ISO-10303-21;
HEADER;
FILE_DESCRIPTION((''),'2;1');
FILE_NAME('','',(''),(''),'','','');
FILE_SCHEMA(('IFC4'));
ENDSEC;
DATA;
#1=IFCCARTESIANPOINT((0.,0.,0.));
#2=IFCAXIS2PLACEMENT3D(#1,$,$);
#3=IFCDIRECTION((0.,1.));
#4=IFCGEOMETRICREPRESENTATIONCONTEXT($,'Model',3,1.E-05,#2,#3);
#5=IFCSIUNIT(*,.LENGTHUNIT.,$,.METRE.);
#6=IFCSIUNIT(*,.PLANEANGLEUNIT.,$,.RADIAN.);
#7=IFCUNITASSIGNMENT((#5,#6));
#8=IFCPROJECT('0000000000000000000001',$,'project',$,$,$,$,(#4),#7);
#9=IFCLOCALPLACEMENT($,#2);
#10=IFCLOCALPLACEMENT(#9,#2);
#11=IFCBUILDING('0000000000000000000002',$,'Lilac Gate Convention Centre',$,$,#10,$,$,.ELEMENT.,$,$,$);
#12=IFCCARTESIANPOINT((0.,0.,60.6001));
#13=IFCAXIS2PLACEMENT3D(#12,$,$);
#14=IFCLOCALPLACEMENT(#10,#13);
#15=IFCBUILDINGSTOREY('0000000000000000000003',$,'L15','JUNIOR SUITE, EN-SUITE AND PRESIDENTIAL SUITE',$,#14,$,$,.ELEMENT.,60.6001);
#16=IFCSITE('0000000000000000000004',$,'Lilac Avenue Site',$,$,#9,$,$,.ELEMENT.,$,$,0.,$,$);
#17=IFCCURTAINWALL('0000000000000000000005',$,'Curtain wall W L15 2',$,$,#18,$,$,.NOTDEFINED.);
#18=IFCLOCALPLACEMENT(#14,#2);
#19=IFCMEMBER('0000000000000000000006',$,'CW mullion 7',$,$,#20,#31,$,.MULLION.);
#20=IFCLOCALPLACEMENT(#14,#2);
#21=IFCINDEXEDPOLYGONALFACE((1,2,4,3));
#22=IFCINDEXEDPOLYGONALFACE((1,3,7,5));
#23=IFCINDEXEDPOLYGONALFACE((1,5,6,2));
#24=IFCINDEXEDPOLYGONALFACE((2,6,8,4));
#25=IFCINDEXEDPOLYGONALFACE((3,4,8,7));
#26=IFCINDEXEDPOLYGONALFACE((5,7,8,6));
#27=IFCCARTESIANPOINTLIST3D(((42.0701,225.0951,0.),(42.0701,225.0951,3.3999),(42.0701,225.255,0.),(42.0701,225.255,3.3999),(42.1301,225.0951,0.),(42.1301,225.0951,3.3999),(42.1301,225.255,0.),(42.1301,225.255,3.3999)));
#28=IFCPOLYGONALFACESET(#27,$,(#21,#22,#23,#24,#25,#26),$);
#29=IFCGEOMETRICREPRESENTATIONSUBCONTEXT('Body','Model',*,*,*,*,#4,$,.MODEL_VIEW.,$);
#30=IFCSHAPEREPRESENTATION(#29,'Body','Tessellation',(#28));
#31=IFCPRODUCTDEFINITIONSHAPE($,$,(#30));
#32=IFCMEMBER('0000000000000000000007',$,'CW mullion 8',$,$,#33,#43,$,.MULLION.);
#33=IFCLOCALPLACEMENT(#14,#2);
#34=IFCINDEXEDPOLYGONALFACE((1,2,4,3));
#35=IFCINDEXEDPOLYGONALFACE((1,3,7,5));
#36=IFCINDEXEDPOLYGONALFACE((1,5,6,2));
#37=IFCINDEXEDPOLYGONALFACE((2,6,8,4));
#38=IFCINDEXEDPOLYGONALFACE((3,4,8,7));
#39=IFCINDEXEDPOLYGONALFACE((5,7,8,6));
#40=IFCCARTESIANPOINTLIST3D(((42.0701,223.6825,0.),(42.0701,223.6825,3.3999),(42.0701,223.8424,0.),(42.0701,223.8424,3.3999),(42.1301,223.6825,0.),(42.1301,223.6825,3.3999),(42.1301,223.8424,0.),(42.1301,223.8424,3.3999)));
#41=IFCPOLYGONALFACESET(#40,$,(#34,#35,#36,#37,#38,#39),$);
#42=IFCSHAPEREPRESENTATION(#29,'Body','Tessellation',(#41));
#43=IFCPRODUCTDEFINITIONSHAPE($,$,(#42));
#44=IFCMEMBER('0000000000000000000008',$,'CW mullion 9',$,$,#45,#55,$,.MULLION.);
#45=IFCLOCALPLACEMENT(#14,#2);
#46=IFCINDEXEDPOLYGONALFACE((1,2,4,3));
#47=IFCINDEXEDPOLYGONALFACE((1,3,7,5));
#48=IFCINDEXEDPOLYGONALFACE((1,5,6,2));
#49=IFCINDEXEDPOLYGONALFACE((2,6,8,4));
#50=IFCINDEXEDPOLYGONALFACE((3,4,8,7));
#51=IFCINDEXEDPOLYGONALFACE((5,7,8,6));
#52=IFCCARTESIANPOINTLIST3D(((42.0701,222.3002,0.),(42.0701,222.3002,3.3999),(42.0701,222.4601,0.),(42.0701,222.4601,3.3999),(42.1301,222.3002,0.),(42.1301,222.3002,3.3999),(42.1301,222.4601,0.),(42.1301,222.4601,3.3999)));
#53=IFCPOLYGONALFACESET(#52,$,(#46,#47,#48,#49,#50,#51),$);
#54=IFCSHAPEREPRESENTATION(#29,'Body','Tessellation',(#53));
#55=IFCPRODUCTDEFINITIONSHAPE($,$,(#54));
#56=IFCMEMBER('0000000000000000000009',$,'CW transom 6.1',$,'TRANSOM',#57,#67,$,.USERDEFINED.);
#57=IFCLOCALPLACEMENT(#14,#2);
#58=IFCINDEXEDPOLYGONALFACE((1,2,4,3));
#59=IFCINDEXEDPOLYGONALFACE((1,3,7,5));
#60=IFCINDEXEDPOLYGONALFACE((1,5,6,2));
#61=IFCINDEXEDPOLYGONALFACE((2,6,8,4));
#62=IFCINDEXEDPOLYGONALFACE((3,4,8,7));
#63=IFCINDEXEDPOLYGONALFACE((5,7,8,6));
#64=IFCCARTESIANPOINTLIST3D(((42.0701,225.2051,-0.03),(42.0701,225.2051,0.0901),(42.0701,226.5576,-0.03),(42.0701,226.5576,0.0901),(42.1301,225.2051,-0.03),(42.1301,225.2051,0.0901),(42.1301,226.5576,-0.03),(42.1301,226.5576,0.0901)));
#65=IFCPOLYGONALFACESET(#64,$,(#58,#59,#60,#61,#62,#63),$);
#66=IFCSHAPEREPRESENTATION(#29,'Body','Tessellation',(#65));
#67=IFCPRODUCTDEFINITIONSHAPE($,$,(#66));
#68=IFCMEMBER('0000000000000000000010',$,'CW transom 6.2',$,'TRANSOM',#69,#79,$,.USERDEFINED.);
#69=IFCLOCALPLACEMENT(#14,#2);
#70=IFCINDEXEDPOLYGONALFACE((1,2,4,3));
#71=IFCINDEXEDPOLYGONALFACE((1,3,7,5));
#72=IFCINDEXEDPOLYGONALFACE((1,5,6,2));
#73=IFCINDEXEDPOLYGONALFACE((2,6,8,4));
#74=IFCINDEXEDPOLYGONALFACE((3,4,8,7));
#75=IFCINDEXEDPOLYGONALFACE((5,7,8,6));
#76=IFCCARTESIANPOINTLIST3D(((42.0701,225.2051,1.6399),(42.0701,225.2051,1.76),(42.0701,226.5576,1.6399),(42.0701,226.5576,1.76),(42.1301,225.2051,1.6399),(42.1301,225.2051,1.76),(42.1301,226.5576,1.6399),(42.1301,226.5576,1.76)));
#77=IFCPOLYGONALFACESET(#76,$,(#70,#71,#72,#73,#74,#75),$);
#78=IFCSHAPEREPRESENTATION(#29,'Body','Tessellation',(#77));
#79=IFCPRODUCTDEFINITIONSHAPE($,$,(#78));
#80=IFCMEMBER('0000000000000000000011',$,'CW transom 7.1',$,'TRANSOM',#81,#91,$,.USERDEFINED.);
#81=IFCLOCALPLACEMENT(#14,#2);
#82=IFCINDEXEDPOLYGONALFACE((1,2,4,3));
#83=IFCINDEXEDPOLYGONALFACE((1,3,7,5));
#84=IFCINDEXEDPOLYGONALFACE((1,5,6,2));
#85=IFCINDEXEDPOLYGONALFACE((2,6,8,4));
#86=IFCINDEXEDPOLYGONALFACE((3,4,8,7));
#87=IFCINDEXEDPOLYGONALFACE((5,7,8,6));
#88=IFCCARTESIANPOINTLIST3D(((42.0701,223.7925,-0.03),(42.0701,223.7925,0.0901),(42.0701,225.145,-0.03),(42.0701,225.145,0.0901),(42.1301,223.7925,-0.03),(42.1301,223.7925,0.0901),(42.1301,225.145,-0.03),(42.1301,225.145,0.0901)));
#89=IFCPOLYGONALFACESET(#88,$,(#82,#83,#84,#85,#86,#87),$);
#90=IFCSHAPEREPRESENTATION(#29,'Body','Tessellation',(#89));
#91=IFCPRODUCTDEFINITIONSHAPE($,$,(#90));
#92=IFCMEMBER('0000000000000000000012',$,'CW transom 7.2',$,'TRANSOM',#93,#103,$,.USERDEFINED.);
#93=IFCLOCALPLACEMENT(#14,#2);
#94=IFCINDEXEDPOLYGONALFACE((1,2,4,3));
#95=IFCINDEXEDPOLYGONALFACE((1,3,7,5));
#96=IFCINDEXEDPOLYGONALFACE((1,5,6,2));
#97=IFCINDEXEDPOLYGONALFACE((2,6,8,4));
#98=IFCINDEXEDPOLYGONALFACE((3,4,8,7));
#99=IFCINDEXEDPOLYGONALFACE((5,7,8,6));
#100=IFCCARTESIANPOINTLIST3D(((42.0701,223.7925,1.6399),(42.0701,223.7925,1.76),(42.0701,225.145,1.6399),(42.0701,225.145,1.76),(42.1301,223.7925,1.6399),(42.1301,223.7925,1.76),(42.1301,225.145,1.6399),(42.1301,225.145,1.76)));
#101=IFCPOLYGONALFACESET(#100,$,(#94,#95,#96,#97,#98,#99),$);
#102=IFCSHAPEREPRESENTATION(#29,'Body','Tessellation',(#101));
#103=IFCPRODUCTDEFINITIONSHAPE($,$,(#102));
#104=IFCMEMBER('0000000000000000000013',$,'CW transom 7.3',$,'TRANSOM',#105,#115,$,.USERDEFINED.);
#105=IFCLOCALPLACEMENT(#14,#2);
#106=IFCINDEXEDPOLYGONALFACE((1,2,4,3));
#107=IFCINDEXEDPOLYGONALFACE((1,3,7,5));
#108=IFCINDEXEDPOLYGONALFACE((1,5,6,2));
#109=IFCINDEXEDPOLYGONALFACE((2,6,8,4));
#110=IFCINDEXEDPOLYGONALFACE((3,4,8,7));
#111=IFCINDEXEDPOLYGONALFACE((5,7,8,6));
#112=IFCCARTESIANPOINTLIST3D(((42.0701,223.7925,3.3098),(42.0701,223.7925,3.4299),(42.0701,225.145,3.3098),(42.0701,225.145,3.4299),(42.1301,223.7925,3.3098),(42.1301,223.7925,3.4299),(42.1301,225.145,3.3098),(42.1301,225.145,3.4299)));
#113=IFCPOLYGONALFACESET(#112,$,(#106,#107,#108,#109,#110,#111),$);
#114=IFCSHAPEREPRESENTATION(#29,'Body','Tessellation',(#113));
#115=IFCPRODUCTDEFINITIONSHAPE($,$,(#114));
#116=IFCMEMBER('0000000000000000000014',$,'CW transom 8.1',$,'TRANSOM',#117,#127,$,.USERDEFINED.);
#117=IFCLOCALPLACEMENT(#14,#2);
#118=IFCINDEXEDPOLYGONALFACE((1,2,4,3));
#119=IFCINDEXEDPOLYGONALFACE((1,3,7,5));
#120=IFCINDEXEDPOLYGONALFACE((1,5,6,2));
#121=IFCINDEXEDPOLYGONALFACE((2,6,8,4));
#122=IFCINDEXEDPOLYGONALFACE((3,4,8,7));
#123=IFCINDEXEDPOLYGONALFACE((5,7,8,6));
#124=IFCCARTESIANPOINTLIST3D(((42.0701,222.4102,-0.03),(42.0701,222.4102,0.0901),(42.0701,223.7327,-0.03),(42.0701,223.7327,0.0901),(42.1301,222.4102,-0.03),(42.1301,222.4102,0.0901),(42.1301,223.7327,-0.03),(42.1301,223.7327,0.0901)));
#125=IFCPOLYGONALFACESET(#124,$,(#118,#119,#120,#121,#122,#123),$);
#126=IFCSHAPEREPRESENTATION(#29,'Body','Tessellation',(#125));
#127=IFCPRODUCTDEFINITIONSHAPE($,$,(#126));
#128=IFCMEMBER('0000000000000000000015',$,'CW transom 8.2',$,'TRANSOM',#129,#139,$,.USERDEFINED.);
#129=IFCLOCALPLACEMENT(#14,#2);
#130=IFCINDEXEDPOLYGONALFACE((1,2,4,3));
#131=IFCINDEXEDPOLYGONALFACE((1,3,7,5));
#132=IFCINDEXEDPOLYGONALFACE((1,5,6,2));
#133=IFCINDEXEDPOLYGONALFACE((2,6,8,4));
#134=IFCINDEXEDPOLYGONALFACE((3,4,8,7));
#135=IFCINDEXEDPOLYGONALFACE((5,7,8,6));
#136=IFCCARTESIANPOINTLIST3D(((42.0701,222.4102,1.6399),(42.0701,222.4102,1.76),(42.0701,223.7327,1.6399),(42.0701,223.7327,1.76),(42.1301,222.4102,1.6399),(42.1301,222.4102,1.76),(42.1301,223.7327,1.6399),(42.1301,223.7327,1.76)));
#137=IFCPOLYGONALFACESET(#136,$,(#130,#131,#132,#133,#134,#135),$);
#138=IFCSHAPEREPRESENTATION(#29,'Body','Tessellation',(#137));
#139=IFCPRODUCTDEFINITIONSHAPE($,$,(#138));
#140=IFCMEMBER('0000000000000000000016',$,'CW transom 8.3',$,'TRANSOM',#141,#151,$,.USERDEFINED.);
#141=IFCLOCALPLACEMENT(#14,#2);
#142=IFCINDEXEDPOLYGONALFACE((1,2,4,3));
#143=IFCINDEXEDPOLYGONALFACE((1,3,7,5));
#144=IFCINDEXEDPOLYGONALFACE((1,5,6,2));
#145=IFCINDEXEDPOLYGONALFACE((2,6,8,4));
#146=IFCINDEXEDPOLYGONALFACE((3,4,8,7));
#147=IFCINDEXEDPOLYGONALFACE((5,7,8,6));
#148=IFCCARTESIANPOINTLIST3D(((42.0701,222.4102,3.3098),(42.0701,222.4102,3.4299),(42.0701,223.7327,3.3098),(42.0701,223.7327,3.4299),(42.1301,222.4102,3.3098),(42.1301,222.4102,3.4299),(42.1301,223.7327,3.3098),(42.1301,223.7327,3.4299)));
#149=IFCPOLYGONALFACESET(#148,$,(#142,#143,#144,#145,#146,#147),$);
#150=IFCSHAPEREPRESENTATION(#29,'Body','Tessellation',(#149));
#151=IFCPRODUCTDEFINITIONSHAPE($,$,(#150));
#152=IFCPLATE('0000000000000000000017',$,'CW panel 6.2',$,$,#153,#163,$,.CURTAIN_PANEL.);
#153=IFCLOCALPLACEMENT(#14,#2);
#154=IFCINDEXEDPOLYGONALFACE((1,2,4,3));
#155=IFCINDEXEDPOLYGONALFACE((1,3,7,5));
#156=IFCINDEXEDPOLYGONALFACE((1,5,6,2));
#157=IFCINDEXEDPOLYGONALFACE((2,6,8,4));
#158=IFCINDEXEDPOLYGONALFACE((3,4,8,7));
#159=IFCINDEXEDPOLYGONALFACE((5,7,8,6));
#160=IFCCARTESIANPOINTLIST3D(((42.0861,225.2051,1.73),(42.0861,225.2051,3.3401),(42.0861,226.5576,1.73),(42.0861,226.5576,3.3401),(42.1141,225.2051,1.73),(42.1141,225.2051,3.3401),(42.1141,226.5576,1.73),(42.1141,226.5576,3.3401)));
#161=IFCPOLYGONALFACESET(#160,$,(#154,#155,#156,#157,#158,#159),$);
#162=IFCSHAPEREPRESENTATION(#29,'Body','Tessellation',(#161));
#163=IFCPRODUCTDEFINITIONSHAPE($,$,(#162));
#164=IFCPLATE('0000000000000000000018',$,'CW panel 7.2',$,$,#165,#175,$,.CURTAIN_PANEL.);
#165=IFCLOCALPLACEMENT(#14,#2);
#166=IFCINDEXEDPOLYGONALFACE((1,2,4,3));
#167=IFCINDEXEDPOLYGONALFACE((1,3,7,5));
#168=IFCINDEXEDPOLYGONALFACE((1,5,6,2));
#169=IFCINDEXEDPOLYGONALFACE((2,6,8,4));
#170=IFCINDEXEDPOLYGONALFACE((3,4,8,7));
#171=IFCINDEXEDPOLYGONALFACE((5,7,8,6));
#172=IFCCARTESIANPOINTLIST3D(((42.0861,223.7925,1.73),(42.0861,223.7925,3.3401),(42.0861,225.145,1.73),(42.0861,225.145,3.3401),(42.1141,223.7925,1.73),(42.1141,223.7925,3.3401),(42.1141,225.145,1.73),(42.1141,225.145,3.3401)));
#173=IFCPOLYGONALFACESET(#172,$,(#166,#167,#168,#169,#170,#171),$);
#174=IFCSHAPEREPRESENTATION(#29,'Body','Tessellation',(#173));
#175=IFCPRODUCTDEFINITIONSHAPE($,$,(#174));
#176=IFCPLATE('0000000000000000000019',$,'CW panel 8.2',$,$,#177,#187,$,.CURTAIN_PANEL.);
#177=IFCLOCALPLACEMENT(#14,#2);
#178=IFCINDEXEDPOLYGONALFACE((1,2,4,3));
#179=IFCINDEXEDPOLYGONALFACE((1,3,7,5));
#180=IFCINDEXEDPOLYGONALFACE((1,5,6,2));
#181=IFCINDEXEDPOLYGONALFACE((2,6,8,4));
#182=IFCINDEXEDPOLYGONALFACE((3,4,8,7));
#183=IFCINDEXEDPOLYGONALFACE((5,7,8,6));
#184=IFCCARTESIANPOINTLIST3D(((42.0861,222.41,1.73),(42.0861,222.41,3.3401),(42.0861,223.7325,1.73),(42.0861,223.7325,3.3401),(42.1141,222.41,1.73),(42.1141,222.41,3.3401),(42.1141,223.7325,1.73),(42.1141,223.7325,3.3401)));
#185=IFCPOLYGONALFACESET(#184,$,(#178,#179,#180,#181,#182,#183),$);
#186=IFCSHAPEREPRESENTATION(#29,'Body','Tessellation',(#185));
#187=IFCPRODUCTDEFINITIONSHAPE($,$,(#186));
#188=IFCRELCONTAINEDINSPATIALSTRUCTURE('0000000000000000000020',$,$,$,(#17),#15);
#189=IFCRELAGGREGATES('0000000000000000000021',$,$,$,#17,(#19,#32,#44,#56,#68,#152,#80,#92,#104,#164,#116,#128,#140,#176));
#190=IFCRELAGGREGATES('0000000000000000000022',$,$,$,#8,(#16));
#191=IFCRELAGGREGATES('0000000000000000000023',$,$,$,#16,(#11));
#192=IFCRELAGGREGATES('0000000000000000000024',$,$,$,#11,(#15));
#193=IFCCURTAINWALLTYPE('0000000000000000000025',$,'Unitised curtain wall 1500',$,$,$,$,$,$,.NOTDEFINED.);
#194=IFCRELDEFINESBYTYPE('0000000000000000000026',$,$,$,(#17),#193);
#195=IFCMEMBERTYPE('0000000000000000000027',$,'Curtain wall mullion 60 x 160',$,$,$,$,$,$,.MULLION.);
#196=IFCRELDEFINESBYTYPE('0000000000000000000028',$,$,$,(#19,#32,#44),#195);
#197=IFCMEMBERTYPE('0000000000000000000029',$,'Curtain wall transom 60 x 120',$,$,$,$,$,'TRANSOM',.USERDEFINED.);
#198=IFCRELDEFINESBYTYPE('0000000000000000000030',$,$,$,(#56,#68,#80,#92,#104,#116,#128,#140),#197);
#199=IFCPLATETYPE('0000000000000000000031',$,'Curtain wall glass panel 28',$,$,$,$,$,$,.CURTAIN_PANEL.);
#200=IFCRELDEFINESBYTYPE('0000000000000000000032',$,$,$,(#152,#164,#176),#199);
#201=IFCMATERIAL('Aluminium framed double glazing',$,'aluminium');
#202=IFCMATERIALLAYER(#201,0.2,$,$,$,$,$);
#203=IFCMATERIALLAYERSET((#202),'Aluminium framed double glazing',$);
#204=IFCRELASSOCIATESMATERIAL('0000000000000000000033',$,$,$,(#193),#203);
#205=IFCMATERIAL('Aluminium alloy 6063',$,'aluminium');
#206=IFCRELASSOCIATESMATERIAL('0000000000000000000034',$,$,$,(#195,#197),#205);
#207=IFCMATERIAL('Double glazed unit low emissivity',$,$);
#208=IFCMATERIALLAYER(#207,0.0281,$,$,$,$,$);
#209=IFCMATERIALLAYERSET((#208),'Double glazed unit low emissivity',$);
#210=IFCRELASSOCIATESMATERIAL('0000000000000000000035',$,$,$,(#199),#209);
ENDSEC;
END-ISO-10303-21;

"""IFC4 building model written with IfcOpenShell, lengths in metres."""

from ifc_helpers import new_model, si_unit, direction, frame, origin, origin_2d, place, context, subcontext, project, spatial, rectangle, extrude, material, layer, layer_set, material_profile, profile_set, type_object, element, aggregate, save


model = new_model("IFC4")

# Units and contexts
model_context = context("Model", 3, precision=1e-05, world=origin(), true_north=direction((0.0, 1.0)))
body_context = subcontext(model_context, "Body", "Model", "MODEL_VIEW")
ifc_project = project(units=[si_unit("LENGTHUNIT", "METRE"), si_unit("PLANEANGLEUNIT", "RADIAN")], contexts=[model_context])

# Site, building, storey
site_placement = place(None, origin())
site = spatial("IfcSite", under=ifc_project, at=site_placement, Name="Lilac Avenue Site", CompositionType="ELEMENT", RefElevation=0.0)
building_placement = place(site_placement, origin())
building = spatial("IfcBuilding", under=site, at=building_placement, Name="Lilac Gate Convention Centre", CompositionType="ELEMENT")
storey_placement = place(building_placement, frame((0.0, 0.0, 60.6001)))
storey = spatial("IfcBuildingStorey", under=building, at=storey_placement, Name="L15", Description="JUNIOR SUITE, EN-SUITE AND PRESIDENTIAL SUITE", CompositionType="ELEMENT", Elevation=60.6001)

# Curtain wall, members, plates
ifc_material_1 = material(Name="Aluminium framed double glazing", Category="aluminium")
ifc_layer_1 = layer(ifc_material_1, 0.2)
ifc_layer_set_1 = layer_set([ifc_layer_1], Name="Aluminium framed double glazing")
curtain_wall_type = type_object("IfcCurtainWallType", Name="Unitised curtain wall 1500", PredefinedType="NOTDEFINED", material=ifc_layer_set_1)
curtain_wall_placement = place(storey_placement, origin())
curtain_wall = element("IfcCurtainWall", 1, at=curtain_wall_placement, inside=storey, type_object=curtain_wall_type, Name="Curtain wall W L15 2", PredefinedType="NOTDEFINED")
ifc_material_2 = material(Name="Aluminium alloy 6063", Category="aluminium")
ifc_material_profile_1 = material_profile(ifc_material_2, rectangle(XDim=0.0601, YDim=0.1599, at=origin_2d()), Name="Curtain wall mullion 60 x 160")
ifc_profile_set_1 = profile_set([ifc_material_profile_1], Name="Aluminium alloy 6063")
member_type_1 = type_object("IfcMemberType", Name="Curtain wall mullion 60 x 160", PredefinedType="MULLION", material=ifc_profile_set_1)
member_1_placement = place(storey_placement, frame((42.1001, 225.175, 0.0), z_axis=(0.0, 0.0, 1.0), x_axis=(1.0, 0.0, 0.0)))
member_1 = element("IfcMember", 2, at=member_1_placement, type_object=member_type_1, Name="CW mullion 7", PredefinedType="MULLION", context=body_context, shape_type="SweptSolid", body=[
    extrude(rectangle(XDim=0.0601, YDim=0.1599, at=origin_2d()), origin(), (0.0, 0.0, 1.0), 3.3999),
])
member_2_placement = place(storey_placement, frame((42.1001, 223.7625, 0.0), z_axis=(0.0, 0.0, 1.0), x_axis=(1.0, 0.0, 0.0)))
member_2 = element("IfcMember", 3, at=member_2_placement, type_object=member_type_1, Name="CW mullion 8", PredefinedType="MULLION", context=body_context, shape_type="SweptSolid", body=[
    extrude(rectangle(XDim=0.0601, YDim=0.1599, at=origin_2d()), origin(), (0.0, 0.0, 1.0), 3.3999),
])
member_3_placement = place(storey_placement, frame((42.1001, 222.3801, 0.0), z_axis=(0.0, 0.0, 1.0), x_axis=(1.0, 0.0, 0.0)))
member_3 = element("IfcMember", 4, at=member_3_placement, type_object=member_type_1, Name="CW mullion 9", PredefinedType="MULLION", context=body_context, shape_type="SweptSolid", body=[
    extrude(rectangle(XDim=0.0601, YDim=0.1599, at=origin_2d()), origin(), (0.0, 0.0, 1.0), 3.3999),
])
ifc_material_profile_2 = material_profile(ifc_material_2, rectangle(XDim=0.0601, YDim=0.1201, at=origin_2d()), Name="Curtain wall transom 60 x 120")
ifc_profile_set_2 = profile_set([ifc_material_profile_2], Name="Aluminium alloy 6063")
member_type_2 = type_object("IfcMemberType", Name="Curtain wall transom 60 x 120", ElementType="TRANSOM", PredefinedType="USERDEFINED", material=ifc_profile_set_2)
member_4_placement = place(storey_placement, frame((42.1001, 226.5576, 0.03), z_axis=(0.0, -1.0, 0.0), x_axis=(1.0, 0.0, 0.0)))
member_4 = element("IfcMember", 5, at=member_4_placement, type_object=member_type_2, Name="CW transom 6.1", ObjectType="TRANSOM", PredefinedType="USERDEFINED", context=body_context, shape_type="SweptSolid", body=[
    extrude(rectangle(XDim=0.0601, YDim=0.1201, at=origin_2d()), origin(), (0.0, 0.0, 1.0), 1.3525),
])
member_5_placement = place(storey_placement, frame((42.1001, 226.5576, 1.7), z_axis=(0.0, -1.0, 0.0), x_axis=(1.0, 0.0, 0.0)))
member_5 = element("IfcMember", 6, at=member_5_placement, type_object=member_type_2, Name="CW transom 6.2", ObjectType="TRANSOM", PredefinedType="USERDEFINED", context=body_context, shape_type="SweptSolid", body=[
    extrude(rectangle(XDim=0.0601, YDim=0.1201, at=origin_2d()), origin(), (0.0, 0.0, 1.0), 1.3525),
])
member_6_placement = place(storey_placement, frame((42.1001, 225.145, 0.03), z_axis=(0.0, -1.0, 0.0), x_axis=(1.0, 0.0, 0.0)))
member_6 = element("IfcMember", 7, at=member_6_placement, type_object=member_type_2, Name="CW transom 7.1", ObjectType="TRANSOM", PredefinedType="USERDEFINED", context=body_context, shape_type="SweptSolid", body=[
    extrude(rectangle(XDim=0.0601, YDim=0.1201, at=origin_2d()), origin(), (0.0, 0.0, 1.0), 1.3525),
])
member_7_placement = place(storey_placement, frame((42.1001, 225.145, 1.7), z_axis=(0.0, -1.0, 0.0), x_axis=(1.0, 0.0, 0.0)))
member_7 = element("IfcMember", 8, at=member_7_placement, type_object=member_type_2, Name="CW transom 7.2", ObjectType="TRANSOM", PredefinedType="USERDEFINED", context=body_context, shape_type="SweptSolid", body=[
    extrude(rectangle(XDim=0.0601, YDim=0.1201, at=origin_2d()), origin(), (0.0, 0.0, 1.0), 1.3525),
])
member_8_placement = place(storey_placement, frame((42.1001, 225.145, 3.3699), z_axis=(0.0, -1.0, 0.0), x_axis=(1.0, 0.0, 0.0)))
member_8 = element("IfcMember", 9, at=member_8_placement, type_object=member_type_2, Name="CW transom 7.3", ObjectType="TRANSOM", PredefinedType="USERDEFINED", context=body_context, shape_type="SweptSolid", body=[
    extrude(rectangle(XDim=0.0601, YDim=0.1201, at=origin_2d()), origin(), (0.0, 0.0, 1.0), 1.3525),
])
member_9_placement = place(storey_placement, frame((42.1001, 223.7327, 0.03), z_axis=(0.0, -1.0, 0.0), x_axis=(1.0, 0.0, 0.0)))
member_9 = element("IfcMember", 10, at=member_9_placement, type_object=member_type_2, Name="CW transom 8.1", ObjectType="TRANSOM", PredefinedType="USERDEFINED", context=body_context, shape_type="SweptSolid", body=[
    extrude(rectangle(XDim=0.0601, YDim=0.1201, at=origin_2d()), origin(), (0.0, 0.0, 1.0), 1.3225),
])
member_10_placement = place(storey_placement, frame((42.1001, 223.7327, 1.7), z_axis=(0.0, -1.0, 0.0), x_axis=(1.0, 0.0, 0.0)))
member_10 = element("IfcMember", 11, at=member_10_placement, type_object=member_type_2, Name="CW transom 8.2", ObjectType="TRANSOM", PredefinedType="USERDEFINED", context=body_context, shape_type="SweptSolid", body=[
    extrude(rectangle(XDim=0.0601, YDim=0.1201, at=origin_2d()), origin(), (0.0, 0.0, 1.0), 1.3225),
])
member_11_placement = place(storey_placement, frame((42.1001, 223.7327, 3.3699), z_axis=(0.0, -1.0, 0.0), x_axis=(1.0, 0.0, 0.0)))
member_11 = element("IfcMember", 12, at=member_11_placement, type_object=member_type_2, Name="CW transom 8.3", ObjectType="TRANSOM", PredefinedType="USERDEFINED", context=body_context, shape_type="SweptSolid", body=[
    extrude(rectangle(XDim=0.0601, YDim=0.1201, at=origin_2d()), origin(), (0.0, 0.0, 1.0), 1.3225),
])
ifc_material_3 = material(Name="Double glazed unit low emissivity")
ifc_layer_2 = layer(ifc_material_3, 0.0281)
ifc_layer_set_2 = layer_set([ifc_layer_2], Name="Double glazed unit low emissivity")
plate_type_1 = type_object("IfcPlateType", Name="Curtain wall glass panel 28", PredefinedType="CURTAIN_PANEL", material=ifc_layer_set_2)
plate_1_placement = place(storey_placement, frame((42.1001, 225.8813, 1.73), z_axis=(0.0, 0.0, 1.0), x_axis=(0.0, -1.0, 0.0)))
plate_1 = element("IfcPlate", 13, at=plate_1_placement, type_object=plate_type_1, Name="CW panel 6.2", PredefinedType="CURTAIN_PANEL", context=body_context, shape_type="SweptSolid", body=[
    extrude(rectangle(XDim=1.3525, YDim=0.0281, at=origin_2d()), origin(), (0.0, 0.0, 1.0), 1.6101),
])
plate_2_placement = place(storey_placement, frame((42.1001, 224.4688, 1.73), z_axis=(0.0, 0.0, 1.0), x_axis=(0.0, -1.0, 0.0)))
plate_2 = element("IfcPlate", 14, at=plate_2_placement, type_object=plate_type_1, Name="CW panel 7.2", PredefinedType="CURTAIN_PANEL", context=body_context, shape_type="SweptSolid", body=[
    extrude(rectangle(XDim=1.3525, YDim=0.0281, at=origin_2d()), origin(), (0.0, 0.0, 1.0), 1.6101),
])
plate_3_placement = place(storey_placement, frame((42.1001, 223.0713, 1.73), z_axis=(0.0, 0.0, 1.0), x_axis=(0.0, -1.0, 0.0)))
plate_3 = element("IfcPlate", 15, at=plate_3_placement, type_object=plate_type_1, Name="CW panel 8.2", PredefinedType="CURTAIN_PANEL", context=body_context, shape_type="SweptSolid", body=[
    extrude(rectangle(XDim=1.3225, YDim=0.0281, at=origin_2d()), origin(), (0.0, 0.0, 1.0), 1.6101),
])
aggregate(curtain_wall, [member_1, member_2, member_3, member_4, member_5, plate_1, member_6, member_7, member_8, plate_2, member_9, member_10, member_11, plate_3])

save(model, "model.ifc")
